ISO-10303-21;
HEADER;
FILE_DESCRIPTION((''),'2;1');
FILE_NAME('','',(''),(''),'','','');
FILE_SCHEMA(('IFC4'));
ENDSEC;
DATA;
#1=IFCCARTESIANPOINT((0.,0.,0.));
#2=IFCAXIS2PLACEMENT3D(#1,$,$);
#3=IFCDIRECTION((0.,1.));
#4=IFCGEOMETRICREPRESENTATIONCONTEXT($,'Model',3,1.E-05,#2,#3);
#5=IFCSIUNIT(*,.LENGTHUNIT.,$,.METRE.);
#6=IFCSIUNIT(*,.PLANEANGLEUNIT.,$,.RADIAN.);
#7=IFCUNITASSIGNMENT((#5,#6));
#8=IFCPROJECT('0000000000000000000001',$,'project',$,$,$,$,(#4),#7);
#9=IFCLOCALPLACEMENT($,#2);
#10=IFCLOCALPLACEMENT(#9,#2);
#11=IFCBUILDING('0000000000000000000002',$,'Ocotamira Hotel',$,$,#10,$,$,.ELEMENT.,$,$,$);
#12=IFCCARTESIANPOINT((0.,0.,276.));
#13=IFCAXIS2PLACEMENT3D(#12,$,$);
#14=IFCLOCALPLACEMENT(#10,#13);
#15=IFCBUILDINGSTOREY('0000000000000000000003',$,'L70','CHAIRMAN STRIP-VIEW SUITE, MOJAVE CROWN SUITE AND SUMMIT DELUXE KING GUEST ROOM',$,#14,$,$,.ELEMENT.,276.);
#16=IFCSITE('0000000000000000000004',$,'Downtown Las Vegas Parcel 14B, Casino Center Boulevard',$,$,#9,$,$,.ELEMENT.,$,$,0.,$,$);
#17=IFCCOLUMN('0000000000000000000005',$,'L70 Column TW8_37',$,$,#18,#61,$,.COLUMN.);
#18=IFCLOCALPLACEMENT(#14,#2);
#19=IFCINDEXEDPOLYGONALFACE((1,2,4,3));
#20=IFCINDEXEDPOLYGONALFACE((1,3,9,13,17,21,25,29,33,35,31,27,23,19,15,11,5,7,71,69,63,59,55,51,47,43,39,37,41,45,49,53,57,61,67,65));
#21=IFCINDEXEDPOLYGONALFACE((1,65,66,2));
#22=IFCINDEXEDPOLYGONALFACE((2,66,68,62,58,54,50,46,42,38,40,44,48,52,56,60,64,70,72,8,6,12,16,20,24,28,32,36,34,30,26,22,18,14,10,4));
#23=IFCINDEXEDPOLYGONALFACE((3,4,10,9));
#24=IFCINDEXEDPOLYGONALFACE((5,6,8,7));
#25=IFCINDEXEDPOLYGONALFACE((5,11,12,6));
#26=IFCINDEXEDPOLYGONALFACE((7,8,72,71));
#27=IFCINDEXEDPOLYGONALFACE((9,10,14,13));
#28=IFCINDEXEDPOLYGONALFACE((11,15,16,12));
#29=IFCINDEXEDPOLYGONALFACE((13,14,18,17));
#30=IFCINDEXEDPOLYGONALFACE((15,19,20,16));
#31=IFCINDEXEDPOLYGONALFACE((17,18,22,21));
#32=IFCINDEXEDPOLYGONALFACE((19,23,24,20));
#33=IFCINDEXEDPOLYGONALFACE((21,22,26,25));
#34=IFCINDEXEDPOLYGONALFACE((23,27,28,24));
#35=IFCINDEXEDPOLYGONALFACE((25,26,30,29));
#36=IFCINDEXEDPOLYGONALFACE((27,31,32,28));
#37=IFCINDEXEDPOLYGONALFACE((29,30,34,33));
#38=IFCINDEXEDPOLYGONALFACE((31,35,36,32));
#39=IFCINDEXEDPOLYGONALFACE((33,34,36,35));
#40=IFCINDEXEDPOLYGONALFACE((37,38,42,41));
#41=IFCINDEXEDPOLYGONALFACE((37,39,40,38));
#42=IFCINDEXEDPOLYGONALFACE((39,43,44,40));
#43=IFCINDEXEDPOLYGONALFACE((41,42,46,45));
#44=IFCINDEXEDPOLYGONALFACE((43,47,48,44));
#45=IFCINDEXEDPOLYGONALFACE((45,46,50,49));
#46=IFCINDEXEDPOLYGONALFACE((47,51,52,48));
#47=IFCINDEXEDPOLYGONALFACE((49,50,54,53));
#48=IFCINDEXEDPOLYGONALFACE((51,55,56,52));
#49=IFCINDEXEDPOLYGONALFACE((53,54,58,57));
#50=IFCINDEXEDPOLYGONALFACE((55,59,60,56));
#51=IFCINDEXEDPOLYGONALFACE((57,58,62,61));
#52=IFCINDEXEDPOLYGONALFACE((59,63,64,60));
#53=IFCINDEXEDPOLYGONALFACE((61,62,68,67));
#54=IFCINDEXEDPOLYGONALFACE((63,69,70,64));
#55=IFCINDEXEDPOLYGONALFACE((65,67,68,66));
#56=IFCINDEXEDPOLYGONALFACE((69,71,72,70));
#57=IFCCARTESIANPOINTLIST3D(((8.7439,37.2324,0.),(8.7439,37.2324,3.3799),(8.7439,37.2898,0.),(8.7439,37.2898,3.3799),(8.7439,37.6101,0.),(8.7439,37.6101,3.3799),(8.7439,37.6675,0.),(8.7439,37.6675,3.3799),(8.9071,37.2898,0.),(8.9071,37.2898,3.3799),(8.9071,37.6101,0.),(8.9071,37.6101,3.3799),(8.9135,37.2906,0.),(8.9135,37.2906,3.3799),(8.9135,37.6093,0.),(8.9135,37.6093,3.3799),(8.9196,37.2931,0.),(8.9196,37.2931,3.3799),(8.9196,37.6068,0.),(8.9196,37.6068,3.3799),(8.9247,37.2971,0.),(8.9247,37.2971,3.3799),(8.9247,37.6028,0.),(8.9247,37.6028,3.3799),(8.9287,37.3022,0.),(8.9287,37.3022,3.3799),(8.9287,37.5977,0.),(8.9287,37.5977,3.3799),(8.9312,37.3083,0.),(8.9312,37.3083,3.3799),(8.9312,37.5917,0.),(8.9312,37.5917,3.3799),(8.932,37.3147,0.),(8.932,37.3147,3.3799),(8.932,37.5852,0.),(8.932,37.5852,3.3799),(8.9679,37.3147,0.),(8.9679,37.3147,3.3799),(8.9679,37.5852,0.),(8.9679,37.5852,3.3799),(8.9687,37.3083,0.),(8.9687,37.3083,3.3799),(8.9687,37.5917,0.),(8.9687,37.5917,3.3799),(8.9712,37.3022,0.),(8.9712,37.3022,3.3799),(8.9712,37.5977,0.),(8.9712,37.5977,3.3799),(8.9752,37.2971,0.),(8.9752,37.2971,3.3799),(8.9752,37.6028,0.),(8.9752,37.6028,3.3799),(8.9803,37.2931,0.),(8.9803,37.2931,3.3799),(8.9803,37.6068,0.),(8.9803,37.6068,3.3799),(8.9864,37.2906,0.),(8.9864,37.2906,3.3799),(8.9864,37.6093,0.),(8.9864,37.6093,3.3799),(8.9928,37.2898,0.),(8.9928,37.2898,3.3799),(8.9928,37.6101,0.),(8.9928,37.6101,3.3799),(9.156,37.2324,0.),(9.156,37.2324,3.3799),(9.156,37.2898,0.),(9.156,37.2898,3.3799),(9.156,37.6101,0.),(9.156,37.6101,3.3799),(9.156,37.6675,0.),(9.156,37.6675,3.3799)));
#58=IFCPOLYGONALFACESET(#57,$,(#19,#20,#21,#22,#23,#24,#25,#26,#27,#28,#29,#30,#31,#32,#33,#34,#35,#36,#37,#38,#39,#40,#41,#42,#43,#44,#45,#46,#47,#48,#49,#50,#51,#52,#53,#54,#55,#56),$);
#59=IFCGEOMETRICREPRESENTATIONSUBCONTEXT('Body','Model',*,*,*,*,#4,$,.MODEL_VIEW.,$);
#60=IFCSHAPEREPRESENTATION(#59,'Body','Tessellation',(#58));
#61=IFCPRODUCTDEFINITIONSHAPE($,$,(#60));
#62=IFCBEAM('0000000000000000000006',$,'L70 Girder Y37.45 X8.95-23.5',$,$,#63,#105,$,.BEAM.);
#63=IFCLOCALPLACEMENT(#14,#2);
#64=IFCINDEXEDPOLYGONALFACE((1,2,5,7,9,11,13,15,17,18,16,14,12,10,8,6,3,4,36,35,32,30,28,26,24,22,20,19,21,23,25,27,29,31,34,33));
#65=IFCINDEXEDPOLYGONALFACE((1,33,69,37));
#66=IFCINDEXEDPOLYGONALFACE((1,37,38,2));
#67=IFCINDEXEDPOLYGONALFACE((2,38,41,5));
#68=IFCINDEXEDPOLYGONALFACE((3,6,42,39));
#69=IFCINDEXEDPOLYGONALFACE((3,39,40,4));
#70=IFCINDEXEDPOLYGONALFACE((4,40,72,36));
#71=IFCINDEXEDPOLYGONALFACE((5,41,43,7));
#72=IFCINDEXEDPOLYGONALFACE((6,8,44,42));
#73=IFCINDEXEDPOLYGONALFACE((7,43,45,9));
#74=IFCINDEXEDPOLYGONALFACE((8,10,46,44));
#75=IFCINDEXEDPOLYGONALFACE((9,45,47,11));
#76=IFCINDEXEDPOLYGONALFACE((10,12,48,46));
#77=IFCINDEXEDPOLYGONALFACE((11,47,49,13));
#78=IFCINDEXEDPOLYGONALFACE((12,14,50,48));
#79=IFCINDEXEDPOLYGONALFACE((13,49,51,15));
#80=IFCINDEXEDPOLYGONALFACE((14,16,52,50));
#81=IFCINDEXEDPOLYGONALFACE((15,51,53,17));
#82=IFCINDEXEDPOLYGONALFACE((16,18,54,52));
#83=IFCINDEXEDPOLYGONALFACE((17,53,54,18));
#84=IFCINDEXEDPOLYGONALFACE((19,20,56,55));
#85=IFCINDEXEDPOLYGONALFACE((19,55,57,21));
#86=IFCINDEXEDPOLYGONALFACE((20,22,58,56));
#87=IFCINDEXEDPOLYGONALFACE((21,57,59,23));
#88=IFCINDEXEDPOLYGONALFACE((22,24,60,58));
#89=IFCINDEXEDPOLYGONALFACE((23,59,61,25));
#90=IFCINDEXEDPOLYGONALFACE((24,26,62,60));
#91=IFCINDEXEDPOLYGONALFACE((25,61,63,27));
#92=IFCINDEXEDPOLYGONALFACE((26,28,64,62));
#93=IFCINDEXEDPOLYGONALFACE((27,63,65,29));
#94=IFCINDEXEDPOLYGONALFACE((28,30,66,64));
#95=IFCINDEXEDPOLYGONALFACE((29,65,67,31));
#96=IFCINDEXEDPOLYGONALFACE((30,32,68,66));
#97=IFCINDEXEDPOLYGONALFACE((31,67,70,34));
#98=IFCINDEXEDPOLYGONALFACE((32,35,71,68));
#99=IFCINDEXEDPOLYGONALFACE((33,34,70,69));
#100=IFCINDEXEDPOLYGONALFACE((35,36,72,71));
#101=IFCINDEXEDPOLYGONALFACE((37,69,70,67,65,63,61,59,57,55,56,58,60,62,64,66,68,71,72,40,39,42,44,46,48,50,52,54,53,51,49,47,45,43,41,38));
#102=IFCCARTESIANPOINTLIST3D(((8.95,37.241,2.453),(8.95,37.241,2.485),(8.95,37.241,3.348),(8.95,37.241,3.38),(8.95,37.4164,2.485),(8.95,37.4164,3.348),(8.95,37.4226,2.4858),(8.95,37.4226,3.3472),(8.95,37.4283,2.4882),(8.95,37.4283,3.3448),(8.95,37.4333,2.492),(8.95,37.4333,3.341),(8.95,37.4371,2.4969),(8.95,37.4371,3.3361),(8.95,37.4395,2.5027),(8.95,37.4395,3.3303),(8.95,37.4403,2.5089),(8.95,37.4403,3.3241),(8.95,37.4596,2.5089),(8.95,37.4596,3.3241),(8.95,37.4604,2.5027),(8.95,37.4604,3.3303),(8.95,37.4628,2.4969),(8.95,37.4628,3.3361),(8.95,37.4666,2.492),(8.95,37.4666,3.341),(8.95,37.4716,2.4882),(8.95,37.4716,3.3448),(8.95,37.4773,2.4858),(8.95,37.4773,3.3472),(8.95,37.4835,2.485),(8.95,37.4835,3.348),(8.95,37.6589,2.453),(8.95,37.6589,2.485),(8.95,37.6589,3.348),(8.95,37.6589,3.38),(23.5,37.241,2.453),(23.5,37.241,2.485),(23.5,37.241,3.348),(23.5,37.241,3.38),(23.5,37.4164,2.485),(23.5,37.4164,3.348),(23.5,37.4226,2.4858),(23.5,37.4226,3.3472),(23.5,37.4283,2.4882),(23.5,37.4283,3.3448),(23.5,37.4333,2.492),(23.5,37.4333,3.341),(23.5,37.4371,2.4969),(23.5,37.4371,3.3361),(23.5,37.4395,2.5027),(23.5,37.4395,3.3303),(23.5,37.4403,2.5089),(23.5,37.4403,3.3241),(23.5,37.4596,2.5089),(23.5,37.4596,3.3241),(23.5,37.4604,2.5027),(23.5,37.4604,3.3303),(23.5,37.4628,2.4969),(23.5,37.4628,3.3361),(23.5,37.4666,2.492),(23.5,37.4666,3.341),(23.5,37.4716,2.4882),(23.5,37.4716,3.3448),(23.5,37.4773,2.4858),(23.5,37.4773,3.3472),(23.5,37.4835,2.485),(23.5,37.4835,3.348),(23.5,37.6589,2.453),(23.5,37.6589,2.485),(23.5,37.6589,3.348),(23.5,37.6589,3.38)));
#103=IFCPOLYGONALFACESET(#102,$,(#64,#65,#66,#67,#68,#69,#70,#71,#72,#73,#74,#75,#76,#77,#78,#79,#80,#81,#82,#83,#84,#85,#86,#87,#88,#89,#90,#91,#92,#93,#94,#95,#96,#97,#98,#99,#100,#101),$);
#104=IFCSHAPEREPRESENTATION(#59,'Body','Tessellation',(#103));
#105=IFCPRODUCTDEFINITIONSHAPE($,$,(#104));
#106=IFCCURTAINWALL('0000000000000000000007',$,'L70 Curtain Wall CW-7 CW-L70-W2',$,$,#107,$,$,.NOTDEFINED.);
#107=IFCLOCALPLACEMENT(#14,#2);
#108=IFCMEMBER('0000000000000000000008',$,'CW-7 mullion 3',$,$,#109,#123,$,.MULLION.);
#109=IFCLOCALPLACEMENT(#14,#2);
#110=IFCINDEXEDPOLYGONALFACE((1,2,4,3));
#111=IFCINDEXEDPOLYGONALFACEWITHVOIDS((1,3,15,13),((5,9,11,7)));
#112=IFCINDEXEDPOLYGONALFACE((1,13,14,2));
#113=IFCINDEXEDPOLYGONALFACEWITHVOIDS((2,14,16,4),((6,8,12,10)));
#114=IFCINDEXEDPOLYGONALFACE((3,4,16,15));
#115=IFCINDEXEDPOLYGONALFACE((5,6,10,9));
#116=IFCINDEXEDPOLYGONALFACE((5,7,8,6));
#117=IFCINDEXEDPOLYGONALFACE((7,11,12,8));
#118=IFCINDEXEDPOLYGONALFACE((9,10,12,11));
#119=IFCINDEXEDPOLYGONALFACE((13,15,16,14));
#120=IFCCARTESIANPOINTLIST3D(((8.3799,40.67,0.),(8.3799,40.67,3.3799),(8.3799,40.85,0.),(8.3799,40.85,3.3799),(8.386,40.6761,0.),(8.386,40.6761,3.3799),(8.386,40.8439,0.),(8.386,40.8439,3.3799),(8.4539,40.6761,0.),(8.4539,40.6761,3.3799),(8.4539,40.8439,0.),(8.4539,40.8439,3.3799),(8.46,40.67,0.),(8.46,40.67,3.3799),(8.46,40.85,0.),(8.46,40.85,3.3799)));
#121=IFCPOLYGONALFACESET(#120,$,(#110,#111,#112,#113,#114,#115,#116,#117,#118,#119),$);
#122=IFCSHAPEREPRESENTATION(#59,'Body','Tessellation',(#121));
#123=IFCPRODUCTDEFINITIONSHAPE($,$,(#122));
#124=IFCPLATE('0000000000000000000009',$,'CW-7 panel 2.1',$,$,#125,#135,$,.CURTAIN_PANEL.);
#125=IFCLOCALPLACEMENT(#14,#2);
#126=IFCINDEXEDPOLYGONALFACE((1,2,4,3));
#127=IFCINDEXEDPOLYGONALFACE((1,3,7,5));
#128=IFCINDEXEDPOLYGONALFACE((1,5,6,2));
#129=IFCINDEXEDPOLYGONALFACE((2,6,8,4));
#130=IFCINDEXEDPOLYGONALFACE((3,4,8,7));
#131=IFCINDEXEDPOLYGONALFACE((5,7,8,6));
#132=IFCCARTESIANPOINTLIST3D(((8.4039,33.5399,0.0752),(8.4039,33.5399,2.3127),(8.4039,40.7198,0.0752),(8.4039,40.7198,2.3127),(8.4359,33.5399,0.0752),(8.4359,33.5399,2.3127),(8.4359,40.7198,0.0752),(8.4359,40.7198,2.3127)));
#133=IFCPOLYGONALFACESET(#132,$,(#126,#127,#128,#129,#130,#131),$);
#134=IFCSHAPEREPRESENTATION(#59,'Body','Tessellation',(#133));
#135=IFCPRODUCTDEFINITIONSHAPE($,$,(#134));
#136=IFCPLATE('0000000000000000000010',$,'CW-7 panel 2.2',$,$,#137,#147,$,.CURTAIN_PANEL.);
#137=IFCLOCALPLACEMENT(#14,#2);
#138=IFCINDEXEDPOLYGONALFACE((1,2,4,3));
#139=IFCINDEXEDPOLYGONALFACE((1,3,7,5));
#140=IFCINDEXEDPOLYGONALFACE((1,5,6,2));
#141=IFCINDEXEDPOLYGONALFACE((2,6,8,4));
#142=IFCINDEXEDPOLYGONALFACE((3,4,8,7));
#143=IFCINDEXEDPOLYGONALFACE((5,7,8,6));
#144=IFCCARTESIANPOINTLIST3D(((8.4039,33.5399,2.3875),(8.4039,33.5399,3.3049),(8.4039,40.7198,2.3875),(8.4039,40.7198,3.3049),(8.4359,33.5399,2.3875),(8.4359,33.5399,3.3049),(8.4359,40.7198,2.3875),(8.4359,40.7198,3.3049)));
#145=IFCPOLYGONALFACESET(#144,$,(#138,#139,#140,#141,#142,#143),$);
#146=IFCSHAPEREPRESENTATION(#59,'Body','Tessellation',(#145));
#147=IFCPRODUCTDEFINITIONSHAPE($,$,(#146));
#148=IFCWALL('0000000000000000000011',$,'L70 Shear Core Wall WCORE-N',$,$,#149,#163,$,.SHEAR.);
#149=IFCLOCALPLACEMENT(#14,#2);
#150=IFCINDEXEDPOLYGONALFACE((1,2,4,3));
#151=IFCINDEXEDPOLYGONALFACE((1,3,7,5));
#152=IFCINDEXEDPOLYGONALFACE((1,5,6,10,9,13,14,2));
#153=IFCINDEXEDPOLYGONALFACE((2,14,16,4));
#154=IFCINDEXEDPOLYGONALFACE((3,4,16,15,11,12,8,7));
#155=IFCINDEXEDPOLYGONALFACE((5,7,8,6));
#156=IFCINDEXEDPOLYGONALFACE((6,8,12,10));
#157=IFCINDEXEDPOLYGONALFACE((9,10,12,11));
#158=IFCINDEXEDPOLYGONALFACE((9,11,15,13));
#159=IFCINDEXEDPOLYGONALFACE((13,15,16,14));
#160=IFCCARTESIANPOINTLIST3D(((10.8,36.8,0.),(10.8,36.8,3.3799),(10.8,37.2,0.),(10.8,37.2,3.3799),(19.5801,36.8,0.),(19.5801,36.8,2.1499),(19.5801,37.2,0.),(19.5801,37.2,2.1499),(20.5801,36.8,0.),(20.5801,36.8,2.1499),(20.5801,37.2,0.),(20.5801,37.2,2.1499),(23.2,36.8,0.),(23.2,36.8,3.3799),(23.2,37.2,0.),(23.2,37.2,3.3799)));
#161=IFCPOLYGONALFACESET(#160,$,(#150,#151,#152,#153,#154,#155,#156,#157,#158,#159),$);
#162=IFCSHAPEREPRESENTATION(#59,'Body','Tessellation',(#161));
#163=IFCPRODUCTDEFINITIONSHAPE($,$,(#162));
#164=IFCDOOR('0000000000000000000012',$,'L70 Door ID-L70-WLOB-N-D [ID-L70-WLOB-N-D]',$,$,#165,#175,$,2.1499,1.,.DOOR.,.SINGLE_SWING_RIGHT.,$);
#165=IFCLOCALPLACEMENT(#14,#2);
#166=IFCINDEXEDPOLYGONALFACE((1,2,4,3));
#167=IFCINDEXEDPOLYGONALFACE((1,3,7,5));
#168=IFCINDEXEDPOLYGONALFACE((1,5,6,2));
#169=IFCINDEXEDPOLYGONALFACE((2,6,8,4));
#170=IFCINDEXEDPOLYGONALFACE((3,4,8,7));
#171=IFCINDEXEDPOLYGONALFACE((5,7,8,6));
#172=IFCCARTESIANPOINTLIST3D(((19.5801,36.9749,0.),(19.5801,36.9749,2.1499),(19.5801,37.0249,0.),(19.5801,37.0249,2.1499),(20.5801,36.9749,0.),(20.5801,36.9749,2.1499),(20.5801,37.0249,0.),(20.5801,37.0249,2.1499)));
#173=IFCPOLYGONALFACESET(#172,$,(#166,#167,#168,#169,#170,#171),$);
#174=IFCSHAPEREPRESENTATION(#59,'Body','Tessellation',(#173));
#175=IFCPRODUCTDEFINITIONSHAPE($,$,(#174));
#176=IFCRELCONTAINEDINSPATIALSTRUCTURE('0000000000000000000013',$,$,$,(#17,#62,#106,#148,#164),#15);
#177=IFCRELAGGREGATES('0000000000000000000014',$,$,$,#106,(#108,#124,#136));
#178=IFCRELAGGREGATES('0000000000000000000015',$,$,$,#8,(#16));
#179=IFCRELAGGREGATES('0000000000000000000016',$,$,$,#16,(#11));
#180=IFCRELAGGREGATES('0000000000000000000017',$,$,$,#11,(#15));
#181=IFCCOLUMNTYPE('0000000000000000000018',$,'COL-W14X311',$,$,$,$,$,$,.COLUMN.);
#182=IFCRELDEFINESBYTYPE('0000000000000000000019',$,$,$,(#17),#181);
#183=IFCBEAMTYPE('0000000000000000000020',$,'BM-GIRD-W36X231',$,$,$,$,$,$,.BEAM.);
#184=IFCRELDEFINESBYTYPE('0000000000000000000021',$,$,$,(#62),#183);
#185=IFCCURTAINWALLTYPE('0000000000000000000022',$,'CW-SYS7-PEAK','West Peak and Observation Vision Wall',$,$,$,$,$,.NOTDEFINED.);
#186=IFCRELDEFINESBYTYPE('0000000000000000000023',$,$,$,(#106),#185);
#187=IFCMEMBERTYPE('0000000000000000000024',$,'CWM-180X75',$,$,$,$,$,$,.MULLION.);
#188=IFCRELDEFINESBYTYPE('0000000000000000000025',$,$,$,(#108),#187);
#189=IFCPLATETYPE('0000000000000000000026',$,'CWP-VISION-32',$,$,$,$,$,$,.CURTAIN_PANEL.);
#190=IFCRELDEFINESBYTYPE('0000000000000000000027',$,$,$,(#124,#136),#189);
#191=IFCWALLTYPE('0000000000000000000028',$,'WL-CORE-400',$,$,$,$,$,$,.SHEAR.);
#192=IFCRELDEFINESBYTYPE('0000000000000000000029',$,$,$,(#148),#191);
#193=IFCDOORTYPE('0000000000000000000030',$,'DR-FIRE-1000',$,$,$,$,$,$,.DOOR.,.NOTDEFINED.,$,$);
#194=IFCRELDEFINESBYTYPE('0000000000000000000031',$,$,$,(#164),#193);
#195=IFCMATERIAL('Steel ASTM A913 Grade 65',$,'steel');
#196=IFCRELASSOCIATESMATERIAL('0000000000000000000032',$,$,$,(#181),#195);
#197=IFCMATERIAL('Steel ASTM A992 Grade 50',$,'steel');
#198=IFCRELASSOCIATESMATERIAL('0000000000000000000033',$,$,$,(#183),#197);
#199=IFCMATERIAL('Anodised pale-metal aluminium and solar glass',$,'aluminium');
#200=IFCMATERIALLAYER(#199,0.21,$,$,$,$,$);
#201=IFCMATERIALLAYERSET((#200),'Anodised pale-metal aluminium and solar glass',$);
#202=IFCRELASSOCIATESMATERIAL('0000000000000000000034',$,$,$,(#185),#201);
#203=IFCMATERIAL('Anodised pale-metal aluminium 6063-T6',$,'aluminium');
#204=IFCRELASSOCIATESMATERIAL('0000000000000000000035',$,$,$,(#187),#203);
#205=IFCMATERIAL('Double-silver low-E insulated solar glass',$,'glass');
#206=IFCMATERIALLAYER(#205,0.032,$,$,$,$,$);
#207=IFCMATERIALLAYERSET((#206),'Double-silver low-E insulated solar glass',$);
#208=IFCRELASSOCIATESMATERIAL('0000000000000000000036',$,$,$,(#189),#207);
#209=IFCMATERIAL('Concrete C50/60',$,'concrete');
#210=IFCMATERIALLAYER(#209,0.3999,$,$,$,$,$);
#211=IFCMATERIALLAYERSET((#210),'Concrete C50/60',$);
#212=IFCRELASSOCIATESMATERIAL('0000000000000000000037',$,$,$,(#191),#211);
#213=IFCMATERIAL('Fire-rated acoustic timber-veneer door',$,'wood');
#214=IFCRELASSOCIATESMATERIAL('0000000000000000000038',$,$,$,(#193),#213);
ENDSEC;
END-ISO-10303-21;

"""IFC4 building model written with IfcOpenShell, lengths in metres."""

from ifc_helpers import new_model, si_unit, direction, frame, frame_2d, origin, origin_2d, place, context, subcontext, project, spatial, rectangle, hollow_rectangle, i_section, extrude, source, transform, mapped, material, layer, layer_set, material_profile, profile_set, type_object, element, fill, aggregate, save


model = new_model("IFC4")

# Units and contexts
model_context = context("Model", 3, precision=1e-05, world=origin(), true_north=direction((0.0, 1.0)))
body_context = subcontext(model_context, "Body", "Model", "MODEL_VIEW")
ifc_project = project(units=[si_unit("LENGTHUNIT", "METRE"), si_unit("PLANEANGLEUNIT", "RADIAN")], contexts=[model_context])

# Site, building, storey
site_placement = place(None, origin())
site = spatial("IfcSite", under=ifc_project, at=site_placement, Name="Downtown Las Vegas Parcel 14B, Casino Center Boulevard", CompositionType="ELEMENT", RefElevation=0.0)
building_placement = place(site_placement, origin())
building = spatial("IfcBuilding", under=site, at=building_placement, Name="Ocotamira Hotel", CompositionType="ELEMENT")
storey_placement = place(building_placement, frame((0.0, 0.0, 276.0)))
storey = spatial("IfcBuildingStorey", under=building, at=storey_placement, Name="L70", Description="CHAIRMAN STRIP-VIEW SUITE, MOJAVE CROWN SUITE AND SUMMIT DELUXE KING GUEST ROOM", CompositionType="ELEMENT", Elevation=276.0)

# Column
ifc_material_1 = material(Name="Steel ASTM A913 Grade 65", Category="steel")
ifc_material_profile_1 = material_profile(ifc_material_1, i_section(OverallWidth=0.4121, OverallDepth=0.4351, WebThickness=0.0359, FlangeThickness=0.0574, FilletRadius=0.0249, at=origin_2d()), Name="W14X311")
ifc_profile_set_1 = profile_set([ifc_material_profile_1], Name="Steel ASTM A913 Grade 65")
column_type = type_object("IfcColumnType", Name="COL-W14X311", PredefinedType="COLUMN", material=ifc_profile_set_1)
shared_shape_1 = source(origin(), body_context, "Body", "SweptSolid", [
    extrude(i_section(OverallWidth=0.4121, OverallDepth=0.4351, WebThickness=0.0359, FlangeThickness=0.0574, FilletRadius=0.0249, at=origin_2d()), origin(), (0.0, 0.0, 1.0), 3.3799),
])
column_placement = place(storey_placement, frame((8.95, 37.45, 0.0), z_axis=(0.0, 0.0, 1.0), x_axis=(1.0, 0.0, 0.0)))
element("IfcColumn", 1, at=column_placement, inside=storey, type_object=column_type, Name="L70 Column TW8_37", PredefinedType="COLUMN", context=body_context, shape_type="MappedRepresentation", body=[
    mapped(shared_shape_1, transform((0.0, 0.0, 0.0), scale=1.0)),
])

# Beam
ifc_material_2 = material(Name="Steel ASTM A992 Grade 50", Category="steel")
ifc_material_profile_2 = material_profile(ifc_material_2, i_section(OverallWidth=0.418, OverallDepth=0.927, WebThickness=0.0193, FlangeThickness=0.032, FilletRadius=0.0239, at=origin_2d()), Name="W36X231")
ifc_profile_set_2 = profile_set([ifc_material_profile_2], Name="Steel ASTM A992 Grade 50")
beam_type = type_object("IfcBeamType", Name="BM-GIRD-W36X231", PredefinedType="BEAM", material=ifc_profile_set_2)
shared_shape_2 = source(origin(), body_context, "Body", "SweptSolid", [
    extrude(i_section(OverallWidth=0.418, OverallDepth=0.927, WebThickness=0.0193, FlangeThickness=0.032, FilletRadius=0.0239, at=origin_2d()), origin(), (0.0, 0.0, 1.0), 14.55),
])
beam_placement = place(storey_placement, frame((8.95, 37.45, 2.9165), z_axis=(1.0, 0.0, 0.0), x_axis=(0.0, 1.0, 0.0)))
element("IfcBeam", 2, at=beam_placement, inside=storey, type_object=beam_type, Name="L70 Girder Y37.45 X8.95-23.5", PredefinedType="BEAM", context=body_context, shape_type="MappedRepresentation", body=[
    mapped(shared_shape_2, transform((0.0, 0.0, 0.0), scale=1.0)),
])

# Curtain wall, member, plates
ifc_material_3 = material(Name="Anodised pale-metal aluminium and solar glass", Category="aluminium")
ifc_layer_1 = layer(ifc_material_3, 0.21)
ifc_layer_set_1 = layer_set([ifc_layer_1], Name="Anodised pale-metal aluminium and solar glass")
curtain_wall_type = type_object("IfcCurtainWallType", Name="CW-SYS7-PEAK", Description="West Peak and Observation Vision Wall", PredefinedType="NOTDEFINED", material=ifc_layer_set_1)
curtain_wall_placement = place(storey_placement, origin())
curtain_wall = element("IfcCurtainWall", 3, at=curtain_wall_placement, inside=storey, type_object=curtain_wall_type, Name="L70 Curtain Wall CW-7 CW-L70-W2", PredefinedType="NOTDEFINED")
ifc_material_4 = material(Name="Anodised pale-metal aluminium 6063-T6", Category="aluminium")
ifc_material_profile_3 = material_profile(ifc_material_4, hollow_rectangle(XDim=0.0801, YDim=0.1799, WallThickness=0.0061, at=origin_2d()), Name="HSS180X80X6")
ifc_profile_set_3 = profile_set([ifc_material_profile_3], Name="Anodised pale-metal aluminium 6063-T6")
member_type = type_object("IfcMemberType", Name="CWM-180X75", PredefinedType="MULLION", material=ifc_profile_set_3)
shared_shape_3 = source(origin(), body_context, "Body", "SweptSolid", [
    extrude(hollow_rectangle(XDim=0.0801, YDim=0.1799, WallThickness=0.0061, at=origin_2d()), origin(), (0.0, 0.0, 1.0), 3.3799),
])
member_placement = place(storey_placement, frame((8.4199, 40.76, 0.0), z_axis=(0.0, 0.0, 1.0), x_axis=(-1.0, 0.0, 0.0)))
member = element("IfcMember", 4, at=member_placement, type_object=member_type, Name="CW-7 mullion 3", PredefinedType="MULLION", context=body_context, shape_type="MappedRepresentation", body=[
    mapped(shared_shape_3, transform((0.0, 0.0, 0.0), scale=1.0)),
])
ifc_material_5 = material(Name="Double-silver low-E insulated solar glass", Category="glass")
ifc_layer_2 = layer(ifc_material_5, 0.032)
ifc_layer_set_2 = layer_set([ifc_layer_2], Name="Double-silver low-E insulated solar glass")
plate_type = type_object("IfcPlateType", Name="CWP-VISION-32", PredefinedType="CURTAIN_PANEL", material=ifc_layer_set_2)
shared_shape_4 = source(origin(), body_context, "Body", "SweptSolid", [
    extrude(rectangle(XDim=7.1799, YDim=0.032, at=origin_2d()), origin(), (0.0, 0.0, 1.0), 2.2375),
])
plate_1_placement = place(storey_placement, frame((8.4199, 37.1299, 0.0752), z_axis=(0.0, 0.0, 1.0), x_axis=(0.0, 1.0, 0.0)))
plate_1 = element("IfcPlate", 5, at=plate_1_placement, type_object=plate_type, Name="CW-7 panel 2.1", PredefinedType="CURTAIN_PANEL", context=body_context, shape_type="MappedRepresentation", body=[
    mapped(shared_shape_4, transform((0.0, 0.0, 0.0), scale=1.0)),
])
shared_shape_5 = source(origin(), body_context, "Body", "SweptSolid", [
    extrude(rectangle(XDim=7.1799, YDim=0.032, at=origin_2d()), origin(), (0.0, 0.0, 1.0), 0.9175),
])
plate_2_placement = place(storey_placement, frame((8.4199, 37.1299, 2.3875), z_axis=(0.0, 0.0, 1.0), x_axis=(0.0, 1.0, 0.0)))
plate_2 = element("IfcPlate", 6, at=plate_2_placement, type_object=plate_type, Name="CW-7 panel 2.2", PredefinedType="CURTAIN_PANEL", context=body_context, shape_type="MappedRepresentation", body=[
    mapped(shared_shape_5, transform((0.0, 0.0, 0.0), scale=1.0)),
])
aggregate(curtain_wall, [member, plate_1, plate_2])

# Wall, opening, door
ifc_material_6 = material(Name="Concrete C50/60", Category="concrete")
ifc_layer_3 = layer(ifc_material_6, 0.3999)
ifc_layer_set_3 = layer_set([ifc_layer_3], Name="Concrete C50/60")
wall_type_1 = type_object("IfcWallType", Name="WL-CORE-400", PredefinedType="SHEAR", material=ifc_layer_set_3)
wall_1_placement = place(storey_placement, frame((10.8, 37.0, 0.0), z_axis=(0.0, 0.0, 1.0), x_axis=(1.0, 0.0, 0.0)))
wall_1 = element("IfcWall", 7, at=wall_1_placement, inside=storey, type_object=wall_type_1, Name="L70 Shear Core Wall WCORE-N", PredefinedType="SHEAR", context=body_context, shape_type="SweptSolid", body=[
    extrude(rectangle(XDim=12.3999, YDim=0.3999, at=frame_2d((6.2, 0.0))), origin(), (0.0, 0.0, 1.0), 3.3799),
])
opening_1_placement = place(wall_1_placement, frame((8.78, 0.0, 0.0)))
opening_1 = element("IfcOpeningElement", 8, at=opening_1_placement, cuts=wall_1, PredefinedType="OPENING", context=body_context, shape_type="SweptSolid", body=[
    extrude(rectangle(XDim=1.0, YDim=2.1499, at=frame_2d((0.5, 1.075))), frame((0.0, 0.21, 0.0), z_axis=(0.0, -1.0, 0.0), x_axis=(1.0, 0.0, 0.0)), (0.0, 0.0, 1.0), 0.4199),
])
ifc_material_7 = material(Name="Fire-rated acoustic timber-veneer door", Category="wood")
door_type_1 = type_object("IfcDoorType", Name="DR-FIRE-1000", OperationType="NOTDEFINED", PredefinedType="DOOR", material=ifc_material_7)
shared_shape_6 = source(origin(), body_context, "Body", "SweptSolid", [
    extrude(rectangle(XDim=1.0, YDim=2.1499, at=frame_2d((0.5, 1.075))), frame((0.0, 0.0249, 0.0), z_axis=(0.0, -1.0, 0.0), x_axis=(1.0, 0.0, 0.0)), (0.0, 0.0, 1.0), 0.05),
])
door_1_placement = place(opening_1_placement, origin())
door_1 = element("IfcDoor", 9, at=door_1_placement, inside=storey, type_object=door_type_1, Name="L70 Door ID-L70-WLOB-N-D [ID-L70-WLOB-N-D]", OperationType="SINGLE_SWING_RIGHT", OverallHeight=2.1499, OverallWidth=1.0, PredefinedType="DOOR", context=body_context, shape_type="MappedRepresentation", body=[
    mapped(shared_shape_6, transform((0.0, 0.0, 0.0), scale=1.0)),
])
fill(opening_1, door_1)

save(model, "model.ifc")
